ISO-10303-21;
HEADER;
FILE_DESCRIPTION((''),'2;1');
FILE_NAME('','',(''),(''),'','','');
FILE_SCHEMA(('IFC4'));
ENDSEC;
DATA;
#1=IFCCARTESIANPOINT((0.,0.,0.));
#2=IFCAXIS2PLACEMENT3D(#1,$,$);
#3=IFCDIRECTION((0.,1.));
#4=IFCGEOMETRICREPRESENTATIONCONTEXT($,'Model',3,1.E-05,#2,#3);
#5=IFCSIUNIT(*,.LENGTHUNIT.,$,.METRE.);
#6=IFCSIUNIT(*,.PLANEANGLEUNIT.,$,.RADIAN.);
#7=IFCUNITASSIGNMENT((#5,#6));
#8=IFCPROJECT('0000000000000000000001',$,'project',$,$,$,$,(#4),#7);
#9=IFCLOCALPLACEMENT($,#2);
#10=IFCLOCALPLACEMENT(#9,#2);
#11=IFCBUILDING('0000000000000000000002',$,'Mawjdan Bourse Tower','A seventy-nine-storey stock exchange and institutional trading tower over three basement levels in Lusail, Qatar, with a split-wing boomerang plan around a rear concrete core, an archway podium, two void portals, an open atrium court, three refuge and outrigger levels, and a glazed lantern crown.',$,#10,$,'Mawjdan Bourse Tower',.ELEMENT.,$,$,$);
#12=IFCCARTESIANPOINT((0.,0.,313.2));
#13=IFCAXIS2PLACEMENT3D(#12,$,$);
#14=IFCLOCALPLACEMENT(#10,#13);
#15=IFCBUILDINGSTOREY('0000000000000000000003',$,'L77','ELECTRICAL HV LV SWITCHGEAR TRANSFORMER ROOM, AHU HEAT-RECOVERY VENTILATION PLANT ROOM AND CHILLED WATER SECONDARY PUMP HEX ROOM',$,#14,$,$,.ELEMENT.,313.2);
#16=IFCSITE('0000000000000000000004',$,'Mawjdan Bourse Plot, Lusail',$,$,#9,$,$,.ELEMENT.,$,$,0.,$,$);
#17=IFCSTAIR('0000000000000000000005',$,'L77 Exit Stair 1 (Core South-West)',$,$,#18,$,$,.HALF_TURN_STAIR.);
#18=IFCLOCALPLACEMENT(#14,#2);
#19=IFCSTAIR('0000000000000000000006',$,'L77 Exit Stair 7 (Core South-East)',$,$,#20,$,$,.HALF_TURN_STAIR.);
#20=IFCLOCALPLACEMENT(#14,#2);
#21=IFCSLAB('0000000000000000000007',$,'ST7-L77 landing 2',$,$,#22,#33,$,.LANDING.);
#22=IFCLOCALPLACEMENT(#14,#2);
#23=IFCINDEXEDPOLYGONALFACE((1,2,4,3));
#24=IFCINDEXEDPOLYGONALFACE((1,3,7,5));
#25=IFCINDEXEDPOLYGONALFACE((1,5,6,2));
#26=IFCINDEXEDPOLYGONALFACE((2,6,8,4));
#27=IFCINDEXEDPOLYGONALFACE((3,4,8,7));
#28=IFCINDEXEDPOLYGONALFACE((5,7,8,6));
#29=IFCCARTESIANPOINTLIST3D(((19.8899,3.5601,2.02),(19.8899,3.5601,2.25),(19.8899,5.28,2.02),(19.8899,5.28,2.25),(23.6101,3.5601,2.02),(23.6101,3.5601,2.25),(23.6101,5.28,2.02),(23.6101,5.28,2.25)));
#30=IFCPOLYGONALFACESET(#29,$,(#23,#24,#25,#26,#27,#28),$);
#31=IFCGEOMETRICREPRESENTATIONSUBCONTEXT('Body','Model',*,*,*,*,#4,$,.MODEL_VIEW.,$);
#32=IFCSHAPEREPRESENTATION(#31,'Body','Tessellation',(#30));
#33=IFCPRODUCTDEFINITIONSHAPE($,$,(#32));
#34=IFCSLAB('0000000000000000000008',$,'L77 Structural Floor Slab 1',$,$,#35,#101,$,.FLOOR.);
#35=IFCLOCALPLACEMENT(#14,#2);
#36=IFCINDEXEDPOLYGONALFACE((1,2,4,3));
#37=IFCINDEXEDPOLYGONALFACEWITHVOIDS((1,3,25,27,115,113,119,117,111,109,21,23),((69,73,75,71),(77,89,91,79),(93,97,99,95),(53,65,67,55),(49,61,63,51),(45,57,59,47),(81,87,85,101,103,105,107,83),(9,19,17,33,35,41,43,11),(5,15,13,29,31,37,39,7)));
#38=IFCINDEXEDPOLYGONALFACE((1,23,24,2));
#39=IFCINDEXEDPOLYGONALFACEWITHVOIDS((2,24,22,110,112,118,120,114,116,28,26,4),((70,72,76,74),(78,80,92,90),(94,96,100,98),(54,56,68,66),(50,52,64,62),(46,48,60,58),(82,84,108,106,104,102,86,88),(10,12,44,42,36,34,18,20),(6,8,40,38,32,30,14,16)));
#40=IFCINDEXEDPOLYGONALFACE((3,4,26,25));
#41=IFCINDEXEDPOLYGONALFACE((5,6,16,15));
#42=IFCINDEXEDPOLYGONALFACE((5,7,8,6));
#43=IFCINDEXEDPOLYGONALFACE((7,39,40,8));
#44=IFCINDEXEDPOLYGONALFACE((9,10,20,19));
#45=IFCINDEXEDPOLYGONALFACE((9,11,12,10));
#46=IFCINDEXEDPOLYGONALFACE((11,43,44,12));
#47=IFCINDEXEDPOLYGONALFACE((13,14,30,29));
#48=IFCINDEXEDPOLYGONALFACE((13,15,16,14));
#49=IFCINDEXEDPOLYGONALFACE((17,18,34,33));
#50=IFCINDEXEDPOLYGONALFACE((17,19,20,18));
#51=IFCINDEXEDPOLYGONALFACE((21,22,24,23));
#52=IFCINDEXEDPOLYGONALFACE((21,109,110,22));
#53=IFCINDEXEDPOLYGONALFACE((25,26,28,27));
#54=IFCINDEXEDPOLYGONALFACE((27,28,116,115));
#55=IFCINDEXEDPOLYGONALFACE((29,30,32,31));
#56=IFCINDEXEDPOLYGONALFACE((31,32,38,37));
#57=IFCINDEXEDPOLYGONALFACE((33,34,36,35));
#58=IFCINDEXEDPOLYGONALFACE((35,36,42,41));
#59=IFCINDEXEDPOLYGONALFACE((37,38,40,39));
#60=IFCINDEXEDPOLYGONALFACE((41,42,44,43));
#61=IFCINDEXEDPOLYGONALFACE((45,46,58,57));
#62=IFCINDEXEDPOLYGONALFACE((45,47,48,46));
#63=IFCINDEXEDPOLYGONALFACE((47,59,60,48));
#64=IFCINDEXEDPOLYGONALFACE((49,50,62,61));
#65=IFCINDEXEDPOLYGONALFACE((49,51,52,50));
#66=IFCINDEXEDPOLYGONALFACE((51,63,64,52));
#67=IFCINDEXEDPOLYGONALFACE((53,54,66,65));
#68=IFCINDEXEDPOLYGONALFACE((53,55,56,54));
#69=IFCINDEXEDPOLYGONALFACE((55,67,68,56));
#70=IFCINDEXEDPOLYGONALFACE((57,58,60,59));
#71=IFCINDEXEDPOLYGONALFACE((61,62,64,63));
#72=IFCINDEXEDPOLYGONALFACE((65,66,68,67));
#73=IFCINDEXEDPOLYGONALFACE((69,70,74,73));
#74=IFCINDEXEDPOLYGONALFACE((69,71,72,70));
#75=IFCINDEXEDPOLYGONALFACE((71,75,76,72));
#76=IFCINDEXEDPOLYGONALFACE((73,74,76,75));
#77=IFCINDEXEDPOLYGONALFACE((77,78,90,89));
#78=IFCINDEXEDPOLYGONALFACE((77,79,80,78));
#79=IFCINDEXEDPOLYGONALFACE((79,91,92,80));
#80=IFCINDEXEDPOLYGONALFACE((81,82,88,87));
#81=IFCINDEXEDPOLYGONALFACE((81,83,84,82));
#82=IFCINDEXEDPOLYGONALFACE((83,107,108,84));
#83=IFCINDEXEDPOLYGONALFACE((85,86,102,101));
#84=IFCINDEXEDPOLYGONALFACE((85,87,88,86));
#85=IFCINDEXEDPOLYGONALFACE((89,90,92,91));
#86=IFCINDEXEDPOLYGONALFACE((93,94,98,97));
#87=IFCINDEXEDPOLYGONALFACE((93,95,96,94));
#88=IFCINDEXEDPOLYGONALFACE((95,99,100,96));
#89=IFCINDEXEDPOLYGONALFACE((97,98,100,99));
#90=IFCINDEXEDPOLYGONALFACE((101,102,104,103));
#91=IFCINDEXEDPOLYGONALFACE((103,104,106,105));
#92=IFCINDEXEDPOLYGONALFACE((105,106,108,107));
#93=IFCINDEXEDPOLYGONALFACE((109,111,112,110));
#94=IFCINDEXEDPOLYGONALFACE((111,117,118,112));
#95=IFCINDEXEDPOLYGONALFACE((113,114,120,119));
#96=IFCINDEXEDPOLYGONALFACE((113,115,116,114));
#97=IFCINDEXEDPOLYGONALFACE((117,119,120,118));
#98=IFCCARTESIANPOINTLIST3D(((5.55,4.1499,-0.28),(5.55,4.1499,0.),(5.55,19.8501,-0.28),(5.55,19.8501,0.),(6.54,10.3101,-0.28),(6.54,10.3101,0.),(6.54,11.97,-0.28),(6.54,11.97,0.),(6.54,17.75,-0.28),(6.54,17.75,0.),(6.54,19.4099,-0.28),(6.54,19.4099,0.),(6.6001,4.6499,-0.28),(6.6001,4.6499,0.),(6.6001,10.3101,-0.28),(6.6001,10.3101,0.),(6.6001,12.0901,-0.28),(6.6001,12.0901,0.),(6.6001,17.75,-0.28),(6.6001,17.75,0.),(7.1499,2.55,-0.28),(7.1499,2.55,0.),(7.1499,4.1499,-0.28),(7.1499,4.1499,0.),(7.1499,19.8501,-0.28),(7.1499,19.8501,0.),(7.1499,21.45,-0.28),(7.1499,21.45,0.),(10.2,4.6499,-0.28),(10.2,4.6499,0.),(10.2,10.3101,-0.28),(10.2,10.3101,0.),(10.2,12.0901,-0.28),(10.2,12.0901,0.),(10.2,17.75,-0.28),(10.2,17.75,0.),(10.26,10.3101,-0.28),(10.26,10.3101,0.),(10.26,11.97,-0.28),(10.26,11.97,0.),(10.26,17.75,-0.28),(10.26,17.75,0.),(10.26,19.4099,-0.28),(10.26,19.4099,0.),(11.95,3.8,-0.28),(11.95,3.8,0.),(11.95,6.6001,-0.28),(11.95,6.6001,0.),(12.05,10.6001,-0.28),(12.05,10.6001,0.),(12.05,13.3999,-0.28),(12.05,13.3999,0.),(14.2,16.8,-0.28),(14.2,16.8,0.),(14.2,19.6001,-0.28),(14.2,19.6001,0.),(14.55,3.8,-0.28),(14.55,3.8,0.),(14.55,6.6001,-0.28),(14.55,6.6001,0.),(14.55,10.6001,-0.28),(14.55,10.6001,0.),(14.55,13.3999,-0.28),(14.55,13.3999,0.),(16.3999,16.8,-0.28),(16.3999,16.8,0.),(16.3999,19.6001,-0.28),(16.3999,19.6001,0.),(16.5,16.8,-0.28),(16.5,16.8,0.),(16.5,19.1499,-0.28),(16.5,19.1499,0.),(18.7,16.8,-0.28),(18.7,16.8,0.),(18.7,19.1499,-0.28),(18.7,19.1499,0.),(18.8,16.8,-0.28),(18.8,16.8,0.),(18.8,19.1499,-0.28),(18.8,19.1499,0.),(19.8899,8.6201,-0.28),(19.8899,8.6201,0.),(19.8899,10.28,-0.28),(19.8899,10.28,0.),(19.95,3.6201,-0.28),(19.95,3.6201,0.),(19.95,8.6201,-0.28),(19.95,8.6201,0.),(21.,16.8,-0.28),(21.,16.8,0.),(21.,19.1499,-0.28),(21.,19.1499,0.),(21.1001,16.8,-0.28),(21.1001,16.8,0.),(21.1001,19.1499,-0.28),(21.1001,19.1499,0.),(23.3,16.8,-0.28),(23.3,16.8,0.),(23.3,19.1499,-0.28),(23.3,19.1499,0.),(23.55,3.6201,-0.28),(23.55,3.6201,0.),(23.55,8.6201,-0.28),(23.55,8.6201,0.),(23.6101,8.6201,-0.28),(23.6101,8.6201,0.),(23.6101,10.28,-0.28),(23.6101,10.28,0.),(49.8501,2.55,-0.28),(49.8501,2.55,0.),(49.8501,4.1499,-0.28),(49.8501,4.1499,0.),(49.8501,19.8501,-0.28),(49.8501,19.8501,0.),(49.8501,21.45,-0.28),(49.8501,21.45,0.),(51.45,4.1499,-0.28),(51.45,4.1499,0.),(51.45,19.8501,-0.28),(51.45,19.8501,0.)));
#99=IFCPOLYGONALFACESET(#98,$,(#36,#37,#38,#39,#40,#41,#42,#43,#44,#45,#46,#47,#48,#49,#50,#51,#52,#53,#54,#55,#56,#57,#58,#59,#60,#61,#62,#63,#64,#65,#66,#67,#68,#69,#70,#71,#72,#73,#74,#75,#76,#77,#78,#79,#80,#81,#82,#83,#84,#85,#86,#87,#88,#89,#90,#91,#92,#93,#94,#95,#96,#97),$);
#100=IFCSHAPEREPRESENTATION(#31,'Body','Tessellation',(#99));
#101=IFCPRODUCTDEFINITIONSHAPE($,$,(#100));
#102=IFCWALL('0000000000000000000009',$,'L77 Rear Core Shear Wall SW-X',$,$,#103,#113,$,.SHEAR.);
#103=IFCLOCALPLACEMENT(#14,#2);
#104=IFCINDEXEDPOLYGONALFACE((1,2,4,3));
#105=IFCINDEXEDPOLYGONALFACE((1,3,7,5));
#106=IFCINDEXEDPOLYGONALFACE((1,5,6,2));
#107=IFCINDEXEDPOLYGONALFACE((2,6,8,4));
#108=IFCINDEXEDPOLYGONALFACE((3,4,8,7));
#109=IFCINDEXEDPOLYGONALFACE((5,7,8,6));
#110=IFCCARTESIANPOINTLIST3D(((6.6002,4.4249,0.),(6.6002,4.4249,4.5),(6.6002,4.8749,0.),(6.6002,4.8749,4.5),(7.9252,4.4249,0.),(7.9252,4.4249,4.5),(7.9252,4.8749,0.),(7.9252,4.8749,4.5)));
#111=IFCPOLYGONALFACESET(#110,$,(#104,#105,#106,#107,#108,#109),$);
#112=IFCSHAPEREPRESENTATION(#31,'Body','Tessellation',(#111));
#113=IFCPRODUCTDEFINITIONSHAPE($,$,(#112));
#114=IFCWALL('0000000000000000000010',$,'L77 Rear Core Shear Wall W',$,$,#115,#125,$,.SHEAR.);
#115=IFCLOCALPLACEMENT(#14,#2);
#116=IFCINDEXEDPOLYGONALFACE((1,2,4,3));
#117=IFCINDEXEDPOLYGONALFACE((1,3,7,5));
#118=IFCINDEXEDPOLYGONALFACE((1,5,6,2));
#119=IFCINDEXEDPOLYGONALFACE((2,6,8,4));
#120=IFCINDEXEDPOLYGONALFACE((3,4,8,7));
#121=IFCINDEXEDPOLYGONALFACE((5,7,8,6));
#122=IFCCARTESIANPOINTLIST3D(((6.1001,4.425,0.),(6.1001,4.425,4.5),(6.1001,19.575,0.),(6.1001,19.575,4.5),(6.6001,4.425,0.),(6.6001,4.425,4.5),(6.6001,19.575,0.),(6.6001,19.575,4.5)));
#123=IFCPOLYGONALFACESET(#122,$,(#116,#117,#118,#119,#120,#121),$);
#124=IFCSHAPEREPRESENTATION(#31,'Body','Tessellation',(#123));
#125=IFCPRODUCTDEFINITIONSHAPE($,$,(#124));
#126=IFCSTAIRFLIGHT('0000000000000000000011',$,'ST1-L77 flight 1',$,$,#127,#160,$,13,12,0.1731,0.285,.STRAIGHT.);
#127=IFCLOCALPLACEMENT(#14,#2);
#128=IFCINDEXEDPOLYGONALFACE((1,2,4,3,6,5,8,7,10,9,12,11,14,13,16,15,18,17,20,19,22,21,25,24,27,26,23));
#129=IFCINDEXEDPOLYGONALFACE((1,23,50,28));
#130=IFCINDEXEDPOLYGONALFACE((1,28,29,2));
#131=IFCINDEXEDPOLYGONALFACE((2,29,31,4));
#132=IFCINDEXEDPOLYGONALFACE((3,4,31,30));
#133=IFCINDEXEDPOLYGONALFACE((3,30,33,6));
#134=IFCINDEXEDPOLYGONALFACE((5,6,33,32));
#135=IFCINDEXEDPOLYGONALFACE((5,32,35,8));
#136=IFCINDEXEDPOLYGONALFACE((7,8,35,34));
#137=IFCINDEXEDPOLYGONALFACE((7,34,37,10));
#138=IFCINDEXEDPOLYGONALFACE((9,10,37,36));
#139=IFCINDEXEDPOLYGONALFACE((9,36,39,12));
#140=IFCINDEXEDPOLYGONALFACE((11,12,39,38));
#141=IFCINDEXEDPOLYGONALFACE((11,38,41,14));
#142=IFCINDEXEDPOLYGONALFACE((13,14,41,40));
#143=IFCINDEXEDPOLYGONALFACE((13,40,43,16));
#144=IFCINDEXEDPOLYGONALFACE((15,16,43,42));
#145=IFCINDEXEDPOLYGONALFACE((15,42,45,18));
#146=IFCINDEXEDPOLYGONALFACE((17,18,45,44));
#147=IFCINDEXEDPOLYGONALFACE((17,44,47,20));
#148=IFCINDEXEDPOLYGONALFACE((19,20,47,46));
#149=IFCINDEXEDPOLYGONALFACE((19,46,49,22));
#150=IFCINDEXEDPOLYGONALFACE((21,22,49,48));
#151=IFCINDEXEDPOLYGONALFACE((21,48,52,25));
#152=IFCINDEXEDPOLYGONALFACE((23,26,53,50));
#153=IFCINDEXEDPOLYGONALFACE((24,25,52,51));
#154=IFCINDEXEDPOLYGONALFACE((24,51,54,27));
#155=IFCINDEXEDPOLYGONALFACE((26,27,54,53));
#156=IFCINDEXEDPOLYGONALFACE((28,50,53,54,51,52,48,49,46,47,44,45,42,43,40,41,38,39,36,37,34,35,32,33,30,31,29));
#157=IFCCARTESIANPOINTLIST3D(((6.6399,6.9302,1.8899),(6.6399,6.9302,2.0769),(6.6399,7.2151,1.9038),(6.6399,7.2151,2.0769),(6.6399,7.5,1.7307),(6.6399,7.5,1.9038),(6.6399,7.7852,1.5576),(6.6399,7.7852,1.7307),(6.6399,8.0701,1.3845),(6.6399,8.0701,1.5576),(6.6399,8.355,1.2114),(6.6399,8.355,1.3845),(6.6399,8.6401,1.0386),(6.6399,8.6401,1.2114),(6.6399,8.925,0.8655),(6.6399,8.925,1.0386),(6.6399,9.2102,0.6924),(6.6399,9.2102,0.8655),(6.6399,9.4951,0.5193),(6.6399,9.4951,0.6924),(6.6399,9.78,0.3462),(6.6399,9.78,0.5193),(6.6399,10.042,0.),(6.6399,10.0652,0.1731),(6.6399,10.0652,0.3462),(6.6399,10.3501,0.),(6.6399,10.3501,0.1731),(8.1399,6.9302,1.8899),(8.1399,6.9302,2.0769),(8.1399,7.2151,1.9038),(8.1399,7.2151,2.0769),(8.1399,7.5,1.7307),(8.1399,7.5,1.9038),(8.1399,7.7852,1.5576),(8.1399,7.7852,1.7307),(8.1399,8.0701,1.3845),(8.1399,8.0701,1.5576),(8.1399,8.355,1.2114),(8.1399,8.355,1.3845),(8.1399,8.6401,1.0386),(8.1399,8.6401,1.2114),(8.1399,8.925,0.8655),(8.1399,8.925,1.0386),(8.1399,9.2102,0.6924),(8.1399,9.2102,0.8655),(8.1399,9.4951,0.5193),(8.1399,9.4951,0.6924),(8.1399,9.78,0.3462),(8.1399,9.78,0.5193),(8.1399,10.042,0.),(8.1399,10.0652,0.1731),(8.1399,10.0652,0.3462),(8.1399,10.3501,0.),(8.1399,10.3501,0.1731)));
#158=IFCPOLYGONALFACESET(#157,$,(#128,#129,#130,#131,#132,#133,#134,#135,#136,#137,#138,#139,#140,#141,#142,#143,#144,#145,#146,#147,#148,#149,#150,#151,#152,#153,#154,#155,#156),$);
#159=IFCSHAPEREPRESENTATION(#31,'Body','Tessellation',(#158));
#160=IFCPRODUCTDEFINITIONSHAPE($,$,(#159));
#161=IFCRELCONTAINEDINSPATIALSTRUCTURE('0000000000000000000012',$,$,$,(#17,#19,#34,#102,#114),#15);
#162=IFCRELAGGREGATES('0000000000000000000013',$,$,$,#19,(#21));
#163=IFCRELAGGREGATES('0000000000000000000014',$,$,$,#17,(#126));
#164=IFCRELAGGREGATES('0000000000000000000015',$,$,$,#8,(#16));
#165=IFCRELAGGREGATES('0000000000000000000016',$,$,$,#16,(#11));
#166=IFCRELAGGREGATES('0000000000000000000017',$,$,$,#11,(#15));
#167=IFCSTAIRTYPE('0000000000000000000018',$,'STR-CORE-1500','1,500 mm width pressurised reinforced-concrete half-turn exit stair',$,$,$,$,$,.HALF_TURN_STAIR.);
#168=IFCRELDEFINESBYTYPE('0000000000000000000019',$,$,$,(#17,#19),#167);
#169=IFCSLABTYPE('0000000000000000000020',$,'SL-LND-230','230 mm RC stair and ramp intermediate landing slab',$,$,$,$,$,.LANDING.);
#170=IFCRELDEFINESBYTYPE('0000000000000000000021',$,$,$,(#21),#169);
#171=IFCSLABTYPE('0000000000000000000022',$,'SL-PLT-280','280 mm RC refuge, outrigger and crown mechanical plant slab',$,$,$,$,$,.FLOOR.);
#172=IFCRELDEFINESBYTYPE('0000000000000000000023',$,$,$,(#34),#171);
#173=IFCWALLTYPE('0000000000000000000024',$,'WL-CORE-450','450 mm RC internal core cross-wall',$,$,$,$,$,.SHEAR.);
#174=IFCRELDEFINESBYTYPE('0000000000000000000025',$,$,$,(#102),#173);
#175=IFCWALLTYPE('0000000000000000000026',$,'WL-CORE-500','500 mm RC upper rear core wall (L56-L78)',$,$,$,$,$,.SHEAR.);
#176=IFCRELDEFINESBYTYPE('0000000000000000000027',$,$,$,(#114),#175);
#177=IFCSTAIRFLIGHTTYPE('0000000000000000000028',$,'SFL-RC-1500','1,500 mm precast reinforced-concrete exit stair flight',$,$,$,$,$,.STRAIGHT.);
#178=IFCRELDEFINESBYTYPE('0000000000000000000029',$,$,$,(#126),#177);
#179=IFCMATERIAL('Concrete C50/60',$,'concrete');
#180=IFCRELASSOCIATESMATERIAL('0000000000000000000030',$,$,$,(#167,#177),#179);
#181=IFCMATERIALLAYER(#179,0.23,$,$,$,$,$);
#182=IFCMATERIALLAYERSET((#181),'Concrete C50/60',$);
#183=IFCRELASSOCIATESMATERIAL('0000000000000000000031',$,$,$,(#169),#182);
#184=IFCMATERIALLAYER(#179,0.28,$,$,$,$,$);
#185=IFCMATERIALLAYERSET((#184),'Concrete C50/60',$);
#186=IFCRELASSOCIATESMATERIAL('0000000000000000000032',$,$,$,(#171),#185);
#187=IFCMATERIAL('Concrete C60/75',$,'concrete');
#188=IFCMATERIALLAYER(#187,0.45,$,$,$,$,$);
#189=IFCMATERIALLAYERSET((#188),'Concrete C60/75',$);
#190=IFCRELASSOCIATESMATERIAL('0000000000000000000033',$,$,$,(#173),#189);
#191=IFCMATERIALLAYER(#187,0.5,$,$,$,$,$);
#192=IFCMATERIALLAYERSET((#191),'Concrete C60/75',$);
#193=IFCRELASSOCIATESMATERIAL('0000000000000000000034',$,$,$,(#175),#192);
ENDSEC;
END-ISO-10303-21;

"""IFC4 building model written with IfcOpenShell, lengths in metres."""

from ifc_helpers import new_model, si_unit, direction, frame, frame_2d, origin, place, context, subcontext, project, spatial, polyline, rectangle, outline, extrude, material, layer, layer_set, type_object, element, aggregate, save


model = new_model("IFC4")

# Units and contexts
model_context = context("Model", 3, precision=1e-05, world=origin(), true_north=direction((0.0, 1.0)))
body_context = subcontext(model_context, "Body", "Model", "MODEL_VIEW")
ifc_project = project(units=[si_unit("LENGTHUNIT", "METRE"), si_unit("PLANEANGLEUNIT", "RADIAN")], contexts=[model_context])

# Site, building, storey
site_placement = place(None, origin())
site = spatial("IfcSite", under=ifc_project, at=site_placement, Name="Mawjdan Bourse Plot, Lusail", CompositionType="ELEMENT", RefElevation=0.0)
building_placement = place(site_placement, origin())
building = spatial("IfcBuilding", under=site, at=building_placement, Name="Mawjdan Bourse Tower", Description="A seventy-nine-storey stock exchange and institutional trading tower over three basement levels in Lusail, Qatar, with a split-wing boomerang plan around a rear concrete core, an archway podium, two void portals, an open atrium court, three refuge and outrigger levels, and a glazed lantern crown.", LongName="Mawjdan Bourse Tower", CompositionType="ELEMENT")
storey_placement = place(building_placement, frame((0.0, 0.0, 313.2)))
storey = spatial("IfcBuildingStorey", under=building, at=storey_placement, Name="L77", Description="ELECTRICAL HV LV SWITCHGEAR TRANSFORMER ROOM, AHU HEAT-RECOVERY VENTILATION PLANT ROOM AND CHILLED WATER SECONDARY PUMP HEX ROOM", CompositionType="ELEMENT", Elevation=313.2)

# Stairs, slab
ifc_material_1 = material(Name="Concrete C50/60", Category="concrete")
stair_type = type_object("IfcStairType", Name="STR-CORE-1500", Description="1,500 mm width pressurised reinforced-concrete half-turn exit stair", PredefinedType="HALF_TURN_STAIR", material=ifc_material_1)
stair_1_placement = place(storey_placement, origin())
stair_1 = element("IfcStair", 1, at=stair_1_placement, inside=storey, type_object=stair_type, Name="L77 Exit Stair 1 (Core South-West)", PredefinedType="HALF_TURN_STAIR")
ifc_layer_1 = layer(ifc_material_1, 0.23)
ifc_layer_set_1 = layer_set([ifc_layer_1], Name="Concrete C50/60")
slab_type_1 = type_object("IfcSlabType", Name="SL-LND-230", Description="230 mm RC stair and ramp intermediate landing slab", PredefinedType="LANDING", material=ifc_layer_set_1)
stair_2_placement = place(storey_placement, origin())
stair_2 = element("IfcStair", 2, at=stair_2_placement, inside=storey, type_object=stair_type, Name="L77 Exit Stair 7 (Core South-East)", PredefinedType="HALF_TURN_STAIR")
slab_1_placement = place(storey_placement, frame((0.0, 0.0, 2.02)))
slab_1 = element("IfcSlab", 3, at=slab_1_placement, type_object=slab_type_1, Name="ST7-L77 landing 2", PredefinedType="LANDING", context=body_context, shape_type="SweptSolid", body=[
    extrude(outline(polyline([(19.8899, 3.5601), (23.6101, 3.5601), (23.6101, 5.28), (19.8899, 5.28), (19.8899, 3.5601)])), origin(), (0.0, 0.0, 1.0), 0.23),
])
aggregate(stair_2, [slab_1])

# Slab
ifc_layer_2 = layer(ifc_material_1, 0.28)
ifc_layer_set_2 = layer_set([ifc_layer_2], Name="Concrete C50/60")
slab_type_2 = type_object("IfcSlabType", Name="SL-PLT-280", Description="280 mm RC refuge, outrigger and crown mechanical plant slab", PredefinedType="FLOOR", material=ifc_layer_set_2)
slab_2_placement = place(storey_placement, frame((0.0, 0.0, -0.28)))
element("IfcSlab", 4, at=slab_2_placement, inside=storey, type_object=slab_type_2, Name="L77 Structural Floor Slab 1", PredefinedType="FLOOR", context=body_context, shape_type="SweptSolid", body=[
    extrude(outline(polyline([(7.1499, 2.55), (49.8501, 2.55), (49.8501, 4.1499), (51.45, 4.1499), (51.45, 19.8501), (49.8501, 19.8501), (49.8501, 21.45), (7.1499, 21.45), (7.1499, 19.8501), (5.55, 19.8501), (5.55, 4.1499), (7.1499, 4.1499), (7.1499, 2.55)]), holes=[polyline([(14.55, 3.8), (11.95, 3.8), (11.95, 6.6001), (14.55, 6.6001), (14.55, 3.8)]), polyline([(10.26, 11.97), (10.26, 10.3101), (10.2, 10.3101), (10.2, 4.6499), (6.6001, 4.6499), (6.6001, 10.3101), (6.54, 10.3101), (6.54, 11.97), (10.26, 11.97)]), polyline([(14.55, 10.6001), (12.05, 10.6001), (12.05, 13.3999), (14.55, 13.3999), (14.55, 10.6001)]), polyline([(10.26, 19.4099), (10.26, 17.75), (10.2, 17.75), (10.2, 12.0901), (6.6001, 12.0901), (6.6001, 17.75), (6.54, 17.75), (6.54, 19.4099), (10.26, 19.4099)]), polyline([(19.8899, 10.28), (23.6101, 10.28), (23.6101, 8.6201), (23.55, 8.6201), (23.55, 3.6201), (19.95, 3.6201), (19.95, 8.6201), (19.8899, 8.6201), (19.8899, 10.28)]), polyline([(16.5, 16.8), (16.5, 19.1499), (18.7, 19.1499), (18.7, 16.8), (16.5, 16.8)]), polyline([(21.0, 16.8), (18.8, 16.8), (18.8, 19.1499), (21.0, 19.1499), (21.0, 16.8)]), polyline([(21.1001, 16.8), (21.1001, 19.1499), (23.3, 19.1499), (23.3, 16.8), (21.1001, 16.8)]), polyline([(14.2, 16.8), (14.2, 19.6001), (16.3999, 19.6001), (16.3999, 16.8), (14.2, 16.8)])]), origin(), (0.0, 0.0, 1.0), 0.28),
])

# Walls
ifc_material_2 = material(Name="Concrete C60/75", Category="concrete")
ifc_layer_3 = layer(ifc_material_2, 0.45)
ifc_layer_set_3 = layer_set([ifc_layer_3], Name="Concrete C60/75")
wall_type_1 = type_object("IfcWallType", Name="WL-CORE-450", Description="450 mm RC internal core cross-wall", PredefinedType="SHEAR", material=ifc_layer_set_3)
wall_1_placement = place(storey_placement, frame((6.6001, 4.6499, 0.0), z_axis=(0.0, 0.0, 1.0), x_axis=(1.0, 0.0, 0.0)))
element("IfcWall", 5, at=wall_1_placement, inside=storey, type_object=wall_type_1, Name="L77 Rear Core Shear Wall SW-X", PredefinedType="SHEAR", context=body_context, shape_type="SweptSolid", body=[
    extrude(rectangle(XDim=1.325, YDim=0.45, at=frame_2d((0.6626, 0.0))), origin(), (0.0, 0.0, 1.0), 4.5),
])
ifc_layer_4 = layer(ifc_material_2, 0.5)
ifc_layer_set_4 = layer_set([ifc_layer_4], Name="Concrete C60/75")
wall_type_2 = type_object("IfcWallType", Name="WL-CORE-500", Description="500 mm RC upper rear core wall (L56-L78)", PredefinedType="SHEAR", material=ifc_layer_set_4)
wall_2_placement = place(storey_placement, frame((6.3501, 4.425, 0.0), z_axis=(0.0, 0.0, 1.0), x_axis=(0.0, 1.0, 0.0)))
element("IfcWall", 6, at=wall_2_placement, inside=storey, type_object=wall_type_2, Name="L77 Rear Core Shear Wall W", PredefinedType="SHEAR", context=body_context, shape_type="SweptSolid", body=[
    extrude(rectangle(XDim=15.1499, YDim=0.5, at=frame_2d((7.575, 0.0))), origin(), (0.0, 0.0, 1.0), 4.5),
])

# Stair flight
stair_flight_type = type_object("IfcStairFlightType", Name="SFL-RC-1500", Description="1,500 mm precast reinforced-concrete exit stair flight", PredefinedType="STRAIGHT", material=ifc_material_1)
stair_flight_placement = place(storey_placement, frame((7.3899, 10.3501, 0.0), z_axis=(0.0, 0.0, 1.0), x_axis=(0.0, -1.0, 0.0)))
stair_flight = element("IfcStairFlight", 7, at=stair_flight_placement, type_object=stair_flight_type, Name="ST1-L77 flight 1", NumberOfRisers=13, NumberOfTreads=12, PredefinedType="STRAIGHT", RiserHeight=0.1731, TreadLength=0.285, context=body_context, shape_type="SweptSolid", body=[
    extrude(outline(polyline([(0.0, 0.0), (0.0, 0.1731), (0.2849, 0.1731), (0.2849, 0.3462), (0.5701, 0.3462), (0.5701, 0.5193), (0.855, 0.5193), (0.855, 0.6924), (1.1399, 0.6924), (1.1399, 0.8655), (1.425, 0.8655), (1.425, 1.0386), (1.71, 1.0386), (1.71, 1.2114), (1.9951, 1.2114), (1.9951, 1.3845), (2.28, 1.3845), (2.28, 1.5576), (2.5649, 1.5576), (2.5649, 1.7307), (2.8501, 1.7307), (2.8501, 1.9038), (3.135, 1.9038), (3.135, 2.0769), (3.4199, 2.0769), (3.4199, 2.25), (3.4199, 1.8899), (0.3081, 0.0), (0.0, 0.0)])), frame((0.0, 0.75, 0.0), z_axis=(0.0, -1.0, 0.0), x_axis=(1.0, 0.0, 0.0)), (0.0, 0.0, 1.0), 1.5),
])
aggregate(stair_1, [stair_flight])

save(model, "model.ifc")
